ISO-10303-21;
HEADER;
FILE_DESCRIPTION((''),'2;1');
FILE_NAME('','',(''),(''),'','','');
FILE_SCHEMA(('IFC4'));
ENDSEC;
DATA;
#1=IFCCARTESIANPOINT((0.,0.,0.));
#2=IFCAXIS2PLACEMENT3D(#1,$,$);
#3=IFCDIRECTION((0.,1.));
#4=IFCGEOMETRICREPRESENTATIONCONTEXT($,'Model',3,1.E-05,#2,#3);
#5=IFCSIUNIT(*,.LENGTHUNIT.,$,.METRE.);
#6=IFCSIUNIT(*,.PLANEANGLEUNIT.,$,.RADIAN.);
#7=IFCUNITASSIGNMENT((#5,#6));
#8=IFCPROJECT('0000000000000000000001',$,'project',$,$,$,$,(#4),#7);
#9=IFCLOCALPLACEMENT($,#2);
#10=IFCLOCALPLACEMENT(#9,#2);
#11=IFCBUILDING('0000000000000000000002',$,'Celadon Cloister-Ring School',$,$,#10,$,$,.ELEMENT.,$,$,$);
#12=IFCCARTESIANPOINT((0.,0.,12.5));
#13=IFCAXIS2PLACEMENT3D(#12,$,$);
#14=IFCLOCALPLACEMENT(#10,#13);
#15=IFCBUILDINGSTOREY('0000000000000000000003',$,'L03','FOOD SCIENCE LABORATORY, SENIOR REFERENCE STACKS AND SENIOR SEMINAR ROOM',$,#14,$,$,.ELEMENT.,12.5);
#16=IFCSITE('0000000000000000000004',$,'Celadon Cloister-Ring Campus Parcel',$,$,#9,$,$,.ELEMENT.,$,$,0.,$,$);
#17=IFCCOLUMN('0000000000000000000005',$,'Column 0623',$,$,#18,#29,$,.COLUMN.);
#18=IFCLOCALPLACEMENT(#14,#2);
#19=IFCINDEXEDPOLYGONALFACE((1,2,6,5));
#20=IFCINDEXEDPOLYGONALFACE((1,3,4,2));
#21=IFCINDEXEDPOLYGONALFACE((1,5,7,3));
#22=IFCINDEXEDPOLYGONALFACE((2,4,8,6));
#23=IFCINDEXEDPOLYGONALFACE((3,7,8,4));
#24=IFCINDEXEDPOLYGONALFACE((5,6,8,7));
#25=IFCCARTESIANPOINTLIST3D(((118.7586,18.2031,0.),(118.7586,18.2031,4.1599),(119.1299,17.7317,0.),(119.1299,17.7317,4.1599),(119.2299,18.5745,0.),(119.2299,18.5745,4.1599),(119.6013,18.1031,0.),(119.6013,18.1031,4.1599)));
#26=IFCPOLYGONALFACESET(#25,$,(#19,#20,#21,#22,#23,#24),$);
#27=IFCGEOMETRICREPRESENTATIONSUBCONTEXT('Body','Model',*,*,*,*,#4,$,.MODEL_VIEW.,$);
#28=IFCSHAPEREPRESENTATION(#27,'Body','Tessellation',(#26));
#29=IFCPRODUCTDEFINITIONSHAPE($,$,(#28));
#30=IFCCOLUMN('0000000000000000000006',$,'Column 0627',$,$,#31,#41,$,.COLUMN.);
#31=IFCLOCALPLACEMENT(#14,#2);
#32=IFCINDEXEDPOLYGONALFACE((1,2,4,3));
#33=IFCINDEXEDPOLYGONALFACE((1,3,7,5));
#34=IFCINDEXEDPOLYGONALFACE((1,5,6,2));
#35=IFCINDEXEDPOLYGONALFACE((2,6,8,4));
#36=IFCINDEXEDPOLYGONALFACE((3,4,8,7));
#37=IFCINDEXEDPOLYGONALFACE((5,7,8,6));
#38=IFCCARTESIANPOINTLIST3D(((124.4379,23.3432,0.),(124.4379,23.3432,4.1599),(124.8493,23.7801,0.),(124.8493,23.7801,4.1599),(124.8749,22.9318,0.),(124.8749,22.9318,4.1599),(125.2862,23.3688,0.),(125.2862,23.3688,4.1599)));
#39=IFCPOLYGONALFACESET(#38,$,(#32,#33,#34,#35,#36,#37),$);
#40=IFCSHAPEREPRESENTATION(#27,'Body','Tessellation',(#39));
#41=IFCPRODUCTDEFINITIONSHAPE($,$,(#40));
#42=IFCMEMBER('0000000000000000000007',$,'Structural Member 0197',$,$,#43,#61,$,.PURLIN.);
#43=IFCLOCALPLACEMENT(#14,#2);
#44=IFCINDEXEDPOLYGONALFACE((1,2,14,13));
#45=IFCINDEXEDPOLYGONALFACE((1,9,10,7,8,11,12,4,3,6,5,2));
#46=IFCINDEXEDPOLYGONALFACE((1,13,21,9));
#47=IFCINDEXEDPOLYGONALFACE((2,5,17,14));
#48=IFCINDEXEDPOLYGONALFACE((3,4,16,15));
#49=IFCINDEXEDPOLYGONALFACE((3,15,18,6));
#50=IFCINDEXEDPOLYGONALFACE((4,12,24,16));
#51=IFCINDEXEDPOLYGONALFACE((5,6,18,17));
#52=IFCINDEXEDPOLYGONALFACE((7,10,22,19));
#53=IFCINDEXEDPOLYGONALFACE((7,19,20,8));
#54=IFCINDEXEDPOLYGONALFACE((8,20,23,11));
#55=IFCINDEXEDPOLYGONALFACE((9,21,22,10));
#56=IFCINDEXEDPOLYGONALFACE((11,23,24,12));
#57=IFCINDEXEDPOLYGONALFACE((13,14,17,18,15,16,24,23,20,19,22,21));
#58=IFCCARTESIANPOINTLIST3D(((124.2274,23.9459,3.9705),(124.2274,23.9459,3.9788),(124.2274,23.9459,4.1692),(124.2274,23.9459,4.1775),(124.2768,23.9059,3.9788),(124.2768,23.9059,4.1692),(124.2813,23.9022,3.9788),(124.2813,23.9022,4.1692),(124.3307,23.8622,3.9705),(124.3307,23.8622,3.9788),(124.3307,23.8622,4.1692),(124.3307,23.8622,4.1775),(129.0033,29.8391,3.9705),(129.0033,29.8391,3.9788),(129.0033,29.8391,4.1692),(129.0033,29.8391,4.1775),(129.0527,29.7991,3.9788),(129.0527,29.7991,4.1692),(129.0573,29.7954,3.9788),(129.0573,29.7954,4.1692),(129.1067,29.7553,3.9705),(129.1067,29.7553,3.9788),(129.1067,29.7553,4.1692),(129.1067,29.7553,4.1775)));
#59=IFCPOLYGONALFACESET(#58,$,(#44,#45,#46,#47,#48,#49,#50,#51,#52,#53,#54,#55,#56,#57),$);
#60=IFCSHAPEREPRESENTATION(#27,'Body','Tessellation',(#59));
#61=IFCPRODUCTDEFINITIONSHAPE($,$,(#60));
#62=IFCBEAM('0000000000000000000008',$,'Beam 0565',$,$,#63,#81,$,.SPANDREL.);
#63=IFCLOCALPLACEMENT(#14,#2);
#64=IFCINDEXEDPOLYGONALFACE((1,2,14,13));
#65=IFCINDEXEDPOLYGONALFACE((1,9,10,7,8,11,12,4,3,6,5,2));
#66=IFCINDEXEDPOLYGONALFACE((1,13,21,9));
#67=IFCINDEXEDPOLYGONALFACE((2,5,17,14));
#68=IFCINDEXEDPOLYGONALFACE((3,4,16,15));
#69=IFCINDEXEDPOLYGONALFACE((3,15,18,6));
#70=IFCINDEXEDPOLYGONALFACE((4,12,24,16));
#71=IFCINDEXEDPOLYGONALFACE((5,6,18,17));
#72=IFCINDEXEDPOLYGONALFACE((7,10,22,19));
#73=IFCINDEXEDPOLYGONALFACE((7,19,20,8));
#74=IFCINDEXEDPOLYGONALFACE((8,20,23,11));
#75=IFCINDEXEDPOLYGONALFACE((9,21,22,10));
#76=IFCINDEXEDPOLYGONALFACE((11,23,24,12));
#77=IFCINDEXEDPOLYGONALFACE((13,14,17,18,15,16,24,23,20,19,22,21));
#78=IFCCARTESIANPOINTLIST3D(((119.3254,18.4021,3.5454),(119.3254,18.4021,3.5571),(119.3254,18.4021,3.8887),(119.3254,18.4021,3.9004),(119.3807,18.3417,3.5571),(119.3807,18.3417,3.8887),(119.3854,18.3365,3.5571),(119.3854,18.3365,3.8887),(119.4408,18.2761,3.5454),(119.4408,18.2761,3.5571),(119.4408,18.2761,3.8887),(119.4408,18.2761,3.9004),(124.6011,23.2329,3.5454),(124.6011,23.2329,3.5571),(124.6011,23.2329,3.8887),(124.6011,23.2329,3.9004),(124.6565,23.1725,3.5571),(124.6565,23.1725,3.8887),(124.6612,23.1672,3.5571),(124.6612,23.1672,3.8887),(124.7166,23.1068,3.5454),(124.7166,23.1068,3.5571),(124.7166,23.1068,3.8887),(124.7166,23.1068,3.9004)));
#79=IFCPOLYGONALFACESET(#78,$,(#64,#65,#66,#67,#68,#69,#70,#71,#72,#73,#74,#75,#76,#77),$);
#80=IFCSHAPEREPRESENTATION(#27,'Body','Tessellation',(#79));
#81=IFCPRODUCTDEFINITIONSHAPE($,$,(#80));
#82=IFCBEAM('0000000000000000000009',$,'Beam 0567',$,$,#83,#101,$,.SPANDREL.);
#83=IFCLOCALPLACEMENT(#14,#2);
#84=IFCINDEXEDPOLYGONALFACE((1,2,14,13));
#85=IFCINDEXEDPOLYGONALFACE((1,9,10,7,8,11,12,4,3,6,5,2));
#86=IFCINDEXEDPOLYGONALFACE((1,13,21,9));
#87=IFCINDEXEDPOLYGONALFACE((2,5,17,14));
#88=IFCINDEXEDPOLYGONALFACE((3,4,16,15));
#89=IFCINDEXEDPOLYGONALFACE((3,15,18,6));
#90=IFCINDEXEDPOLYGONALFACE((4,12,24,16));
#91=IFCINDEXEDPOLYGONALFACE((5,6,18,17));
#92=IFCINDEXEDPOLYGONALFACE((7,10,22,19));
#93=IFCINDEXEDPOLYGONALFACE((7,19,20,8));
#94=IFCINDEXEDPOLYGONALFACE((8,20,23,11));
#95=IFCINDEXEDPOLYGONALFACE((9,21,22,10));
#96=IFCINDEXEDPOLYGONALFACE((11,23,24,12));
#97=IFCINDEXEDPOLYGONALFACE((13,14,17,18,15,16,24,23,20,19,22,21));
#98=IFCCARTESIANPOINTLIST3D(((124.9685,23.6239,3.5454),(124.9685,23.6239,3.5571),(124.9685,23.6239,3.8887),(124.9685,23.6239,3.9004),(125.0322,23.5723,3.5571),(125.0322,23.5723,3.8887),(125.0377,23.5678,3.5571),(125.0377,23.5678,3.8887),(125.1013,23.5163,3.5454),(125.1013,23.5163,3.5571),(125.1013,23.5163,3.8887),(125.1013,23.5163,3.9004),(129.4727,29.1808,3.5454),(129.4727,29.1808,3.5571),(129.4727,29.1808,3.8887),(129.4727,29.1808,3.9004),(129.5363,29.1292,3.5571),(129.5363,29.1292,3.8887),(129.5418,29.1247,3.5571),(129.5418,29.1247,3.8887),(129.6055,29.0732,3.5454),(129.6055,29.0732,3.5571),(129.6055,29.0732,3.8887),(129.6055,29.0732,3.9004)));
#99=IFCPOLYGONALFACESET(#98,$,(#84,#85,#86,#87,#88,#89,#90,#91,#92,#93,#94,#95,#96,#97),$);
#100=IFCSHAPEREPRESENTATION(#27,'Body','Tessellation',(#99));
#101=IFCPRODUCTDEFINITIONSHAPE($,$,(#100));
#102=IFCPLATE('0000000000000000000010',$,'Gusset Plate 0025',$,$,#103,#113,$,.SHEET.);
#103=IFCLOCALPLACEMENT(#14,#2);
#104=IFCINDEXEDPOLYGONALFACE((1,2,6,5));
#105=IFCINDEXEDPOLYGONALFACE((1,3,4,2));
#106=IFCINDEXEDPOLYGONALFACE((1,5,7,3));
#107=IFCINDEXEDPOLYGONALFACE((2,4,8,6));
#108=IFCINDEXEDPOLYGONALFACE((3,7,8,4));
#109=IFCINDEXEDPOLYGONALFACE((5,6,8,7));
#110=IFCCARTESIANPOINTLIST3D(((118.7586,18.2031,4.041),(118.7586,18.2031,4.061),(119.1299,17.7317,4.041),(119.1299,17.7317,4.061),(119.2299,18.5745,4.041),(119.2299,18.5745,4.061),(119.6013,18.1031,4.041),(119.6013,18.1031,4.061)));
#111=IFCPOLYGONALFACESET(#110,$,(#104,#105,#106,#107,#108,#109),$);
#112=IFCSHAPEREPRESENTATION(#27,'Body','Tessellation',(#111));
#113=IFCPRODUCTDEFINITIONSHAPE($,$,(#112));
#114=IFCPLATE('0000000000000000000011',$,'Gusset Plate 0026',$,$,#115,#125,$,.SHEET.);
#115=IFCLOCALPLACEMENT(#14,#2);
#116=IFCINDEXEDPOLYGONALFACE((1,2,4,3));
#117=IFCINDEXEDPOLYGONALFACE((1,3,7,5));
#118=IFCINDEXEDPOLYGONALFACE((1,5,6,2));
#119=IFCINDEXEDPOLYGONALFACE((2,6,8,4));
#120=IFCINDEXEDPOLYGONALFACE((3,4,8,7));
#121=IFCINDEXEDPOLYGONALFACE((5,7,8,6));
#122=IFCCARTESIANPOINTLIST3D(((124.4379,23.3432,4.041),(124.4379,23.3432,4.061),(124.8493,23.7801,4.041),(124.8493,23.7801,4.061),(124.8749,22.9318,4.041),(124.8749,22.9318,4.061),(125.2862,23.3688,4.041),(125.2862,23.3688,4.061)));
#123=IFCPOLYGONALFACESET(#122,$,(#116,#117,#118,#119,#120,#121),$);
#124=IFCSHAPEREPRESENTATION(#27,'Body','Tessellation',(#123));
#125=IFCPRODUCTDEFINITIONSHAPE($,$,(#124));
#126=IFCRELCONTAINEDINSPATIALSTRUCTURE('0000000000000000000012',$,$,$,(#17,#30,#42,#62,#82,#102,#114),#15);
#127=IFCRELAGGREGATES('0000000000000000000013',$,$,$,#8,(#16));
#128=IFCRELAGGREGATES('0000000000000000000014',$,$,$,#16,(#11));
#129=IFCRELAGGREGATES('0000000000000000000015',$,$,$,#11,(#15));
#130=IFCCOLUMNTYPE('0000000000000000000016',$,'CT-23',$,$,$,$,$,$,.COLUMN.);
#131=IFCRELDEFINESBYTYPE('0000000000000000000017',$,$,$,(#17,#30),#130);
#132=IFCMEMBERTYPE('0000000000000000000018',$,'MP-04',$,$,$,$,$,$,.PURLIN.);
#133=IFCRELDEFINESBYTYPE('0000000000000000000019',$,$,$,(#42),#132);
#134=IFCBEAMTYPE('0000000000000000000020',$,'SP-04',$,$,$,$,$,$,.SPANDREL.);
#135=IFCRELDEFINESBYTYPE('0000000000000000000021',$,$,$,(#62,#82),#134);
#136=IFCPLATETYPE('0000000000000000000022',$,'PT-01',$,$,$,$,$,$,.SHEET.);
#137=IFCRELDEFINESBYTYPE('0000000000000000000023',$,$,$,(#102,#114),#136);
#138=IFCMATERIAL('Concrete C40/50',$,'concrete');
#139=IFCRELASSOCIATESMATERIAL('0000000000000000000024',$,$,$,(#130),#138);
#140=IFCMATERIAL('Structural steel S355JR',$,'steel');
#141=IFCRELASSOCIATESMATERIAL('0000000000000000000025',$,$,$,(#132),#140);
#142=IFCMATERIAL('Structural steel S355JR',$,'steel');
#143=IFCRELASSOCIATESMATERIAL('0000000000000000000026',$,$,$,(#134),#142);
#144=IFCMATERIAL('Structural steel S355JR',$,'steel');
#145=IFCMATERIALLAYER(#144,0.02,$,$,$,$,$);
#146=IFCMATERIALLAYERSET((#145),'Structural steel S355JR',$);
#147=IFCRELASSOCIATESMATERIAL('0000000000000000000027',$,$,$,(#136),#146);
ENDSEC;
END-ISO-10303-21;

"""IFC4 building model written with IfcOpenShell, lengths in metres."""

from ifc_helpers import new_model, si_unit, direction, frame, origin, origin_2d, place, context, subcontext, project, spatial, rectangle, i_section, extrude, material, layer, layer_set, material_profile, profile_set, type_object, element, save


model = new_model("IFC4")

# Units and contexts
model_context = context("Model", 3, precision=1e-05, world=origin(), true_north=direction((0.0, 1.0)))
body_context = subcontext(model_context, "Body", "Model", "MODEL_VIEW")
ifc_project = project(units=[si_unit("LENGTHUNIT", "METRE"), si_unit("PLANEANGLEUNIT", "RADIAN")], contexts=[model_context])

# Site, building, storey
site_placement = place(None, origin())
site = spatial("IfcSite", under=ifc_project, at=site_placement, Name="Celadon Cloister-Ring Campus Parcel", CompositionType="ELEMENT", RefElevation=0.0)
building_placement = place(site_placement, origin())
building = spatial("IfcBuilding", under=site, at=building_placement, Name="Celadon Cloister-Ring School", CompositionType="ELEMENT")
storey_placement = place(building_placement, frame((0.0, 0.0, 12.5)))
storey = spatial("IfcBuildingStorey", under=building, at=storey_placement, Name="L03", Description="FOOD SCIENCE LABORATORY, SENIOR REFERENCE STACKS AND SENIOR SEMINAR ROOM", CompositionType="ELEMENT", Elevation=12.5)

# Columns
ifc_material_1 = material(Name="Concrete C40/50", Category="concrete")
ifc_material_profile_1 = material_profile(ifc_material_1, rectangle(XDim=0.6001, YDim=0.6001, at=origin_2d()), Name="RC600X600")
ifc_profile_set_1 = profile_set([ifc_material_profile_1], Name="Concrete C40/50")
column_type = type_object("IfcColumnType", Name="CT-23", PredefinedType="COLUMN", material=ifc_profile_set_1)
for number, where, z_axis, x_axis, name in (
    (1, (119.1799, 18.1531, 0.0), (0.0, 0.0, 1.0), (0.618847, -0.785511, 0.0), "Column 0623"),
    (2, (124.8621, 23.356, 0.0), (0.0, 0.0, 1.0), (0.728108, -0.685463, 0.0), "Column 0627"),
):
    element("IfcColumn", number, at=place(storey_placement, frame(where, z_axis=z_axis, x_axis=x_axis)), inside=storey, type_object=column_type, Name=name, PredefinedType="COLUMN", context=body_context, shape_type="SweptSolid", body=[
        extrude(rectangle(XDim=0.6001, YDim=0.6001, at=origin_2d()), origin(), (0.0, 0.0, 1.0), 4.1599),
    ])

# Member
ifc_material_2 = material(Name="Structural steel S355JR", Category="steel")
ifc_material_profile_2 = material_profile(ifc_material_2, i_section(OverallWidth=0.1331, OverallDepth=0.207, WebThickness=0.0059, FlangeThickness=0.0083, at=origin_2d()), Name="W200X27")
ifc_profile_set_2 = profile_set([ifc_material_profile_2], Name="Structural steel S355JR")
member_type = type_object("IfcMemberType", Name="MP-04", PredefinedType="PURLIN", material=ifc_profile_set_2)
member_placement = place(storey_placement, frame((124.2791, 23.9041, 4.074), z_axis=(0.62962, 0.776903, 0.0), x_axis=(-0.776903, 0.62962, 0.0)))
element("IfcMember", 3, at=member_placement, inside=storey, type_object=member_type, Name="Structural Member 0197", PredefinedType="PURLIN", context=body_context, shape_type="SweptSolid", body=[
    extrude(i_section(OverallWidth=0.1331, OverallDepth=0.207, WebThickness=0.0059, FlangeThickness=0.0083, at=origin_2d()), origin(), (0.0, 0.0, 1.0), 7.5854),
])

# Beams
ifc_material_3 = material(Name="Structural steel S355JR", Category="steel")
ifc_material_profile_3 = material_profile(ifc_material_3, i_section(OverallWidth=0.1709, OverallDepth=0.355, WebThickness=0.0071, FlangeThickness=0.0117, at=origin_2d()), Name="W360X51")
ifc_profile_set_3 = profile_set([ifc_material_profile_3], Name="Structural steel S355JR")
beam_type = type_object("IfcBeamType", Name="SP-04", PredefinedType="SPANDREL", material=ifc_profile_set_3)
beam_1_placement = place(storey_placement, frame((119.3831, 18.3391, 3.7229), z_axis=(0.737531, 0.675313, 0.0), x_axis=(-0.675313, 0.737531, 0.0)))
element("IfcBeam", 4, at=beam_1_placement, inside=storey, type_object=beam_type, Name="Beam 0565", PredefinedType="SPANDREL", context=body_context, shape_type="SweptSolid", body=[
    extrude(i_section(OverallWidth=0.1709, OverallDepth=0.355, WebThickness=0.0071, FlangeThickness=0.0117, at=origin_2d()), origin(), (0.0, 0.0, 1.0), 7.1533),
])
beam_2_placement = place(storey_placement, frame((125.0349, 23.5701, 3.7229), z_axis=(0.629681, 0.776854, 0.0), x_axis=(-0.776854, 0.629681, 0.0)))
element("IfcBeam", 5, at=beam_2_placement, inside=storey, type_object=beam_type, Name="Beam 0567", PredefinedType="SPANDREL", context=body_context, shape_type="SweptSolid", body=[
    extrude(i_section(OverallWidth=0.1709, OverallDepth=0.355, WebThickness=0.0071, FlangeThickness=0.0117, at=origin_2d()), origin(), (0.0, 0.0, 1.0), 7.1531),
])

# Plates
ifc_material_4 = material(Name="Structural steel S355JR", Category="steel")
ifc_layer_1 = layer(ifc_material_4, 0.02)
ifc_layer_set_1 = layer_set([ifc_layer_1], Name="Structural steel S355JR")
plate_type = type_object("IfcPlateType", Name="PT-01", PredefinedType="SHEET", material=ifc_layer_set_1)
for number, where, z_axis, x_axis, name in (
    (6, (119.1799, 18.1531, 4.041), (0.0, 0.0, 1.0), (0.618847, -0.785511, 0.0), "Gusset Plate 0025"),
    (7, (124.8621, 23.356, 4.041), (0.0, 0.0, 1.0), (0.728108, -0.685463, 0.0), "Gusset Plate 0026"),
):
    element("IfcPlate", number, at=place(storey_placement, frame(where, z_axis=z_axis, x_axis=x_axis)), inside=storey, type_object=plate_type, Name=name, PredefinedType="SHEET", context=body_context, shape_type="SweptSolid", body=[
        extrude(rectangle(XDim=0.6001, YDim=0.6001, at=origin_2d()), origin(), (0.0, 0.0, 1.0), 0.02),
    ])

save(model, "model.ifc")
